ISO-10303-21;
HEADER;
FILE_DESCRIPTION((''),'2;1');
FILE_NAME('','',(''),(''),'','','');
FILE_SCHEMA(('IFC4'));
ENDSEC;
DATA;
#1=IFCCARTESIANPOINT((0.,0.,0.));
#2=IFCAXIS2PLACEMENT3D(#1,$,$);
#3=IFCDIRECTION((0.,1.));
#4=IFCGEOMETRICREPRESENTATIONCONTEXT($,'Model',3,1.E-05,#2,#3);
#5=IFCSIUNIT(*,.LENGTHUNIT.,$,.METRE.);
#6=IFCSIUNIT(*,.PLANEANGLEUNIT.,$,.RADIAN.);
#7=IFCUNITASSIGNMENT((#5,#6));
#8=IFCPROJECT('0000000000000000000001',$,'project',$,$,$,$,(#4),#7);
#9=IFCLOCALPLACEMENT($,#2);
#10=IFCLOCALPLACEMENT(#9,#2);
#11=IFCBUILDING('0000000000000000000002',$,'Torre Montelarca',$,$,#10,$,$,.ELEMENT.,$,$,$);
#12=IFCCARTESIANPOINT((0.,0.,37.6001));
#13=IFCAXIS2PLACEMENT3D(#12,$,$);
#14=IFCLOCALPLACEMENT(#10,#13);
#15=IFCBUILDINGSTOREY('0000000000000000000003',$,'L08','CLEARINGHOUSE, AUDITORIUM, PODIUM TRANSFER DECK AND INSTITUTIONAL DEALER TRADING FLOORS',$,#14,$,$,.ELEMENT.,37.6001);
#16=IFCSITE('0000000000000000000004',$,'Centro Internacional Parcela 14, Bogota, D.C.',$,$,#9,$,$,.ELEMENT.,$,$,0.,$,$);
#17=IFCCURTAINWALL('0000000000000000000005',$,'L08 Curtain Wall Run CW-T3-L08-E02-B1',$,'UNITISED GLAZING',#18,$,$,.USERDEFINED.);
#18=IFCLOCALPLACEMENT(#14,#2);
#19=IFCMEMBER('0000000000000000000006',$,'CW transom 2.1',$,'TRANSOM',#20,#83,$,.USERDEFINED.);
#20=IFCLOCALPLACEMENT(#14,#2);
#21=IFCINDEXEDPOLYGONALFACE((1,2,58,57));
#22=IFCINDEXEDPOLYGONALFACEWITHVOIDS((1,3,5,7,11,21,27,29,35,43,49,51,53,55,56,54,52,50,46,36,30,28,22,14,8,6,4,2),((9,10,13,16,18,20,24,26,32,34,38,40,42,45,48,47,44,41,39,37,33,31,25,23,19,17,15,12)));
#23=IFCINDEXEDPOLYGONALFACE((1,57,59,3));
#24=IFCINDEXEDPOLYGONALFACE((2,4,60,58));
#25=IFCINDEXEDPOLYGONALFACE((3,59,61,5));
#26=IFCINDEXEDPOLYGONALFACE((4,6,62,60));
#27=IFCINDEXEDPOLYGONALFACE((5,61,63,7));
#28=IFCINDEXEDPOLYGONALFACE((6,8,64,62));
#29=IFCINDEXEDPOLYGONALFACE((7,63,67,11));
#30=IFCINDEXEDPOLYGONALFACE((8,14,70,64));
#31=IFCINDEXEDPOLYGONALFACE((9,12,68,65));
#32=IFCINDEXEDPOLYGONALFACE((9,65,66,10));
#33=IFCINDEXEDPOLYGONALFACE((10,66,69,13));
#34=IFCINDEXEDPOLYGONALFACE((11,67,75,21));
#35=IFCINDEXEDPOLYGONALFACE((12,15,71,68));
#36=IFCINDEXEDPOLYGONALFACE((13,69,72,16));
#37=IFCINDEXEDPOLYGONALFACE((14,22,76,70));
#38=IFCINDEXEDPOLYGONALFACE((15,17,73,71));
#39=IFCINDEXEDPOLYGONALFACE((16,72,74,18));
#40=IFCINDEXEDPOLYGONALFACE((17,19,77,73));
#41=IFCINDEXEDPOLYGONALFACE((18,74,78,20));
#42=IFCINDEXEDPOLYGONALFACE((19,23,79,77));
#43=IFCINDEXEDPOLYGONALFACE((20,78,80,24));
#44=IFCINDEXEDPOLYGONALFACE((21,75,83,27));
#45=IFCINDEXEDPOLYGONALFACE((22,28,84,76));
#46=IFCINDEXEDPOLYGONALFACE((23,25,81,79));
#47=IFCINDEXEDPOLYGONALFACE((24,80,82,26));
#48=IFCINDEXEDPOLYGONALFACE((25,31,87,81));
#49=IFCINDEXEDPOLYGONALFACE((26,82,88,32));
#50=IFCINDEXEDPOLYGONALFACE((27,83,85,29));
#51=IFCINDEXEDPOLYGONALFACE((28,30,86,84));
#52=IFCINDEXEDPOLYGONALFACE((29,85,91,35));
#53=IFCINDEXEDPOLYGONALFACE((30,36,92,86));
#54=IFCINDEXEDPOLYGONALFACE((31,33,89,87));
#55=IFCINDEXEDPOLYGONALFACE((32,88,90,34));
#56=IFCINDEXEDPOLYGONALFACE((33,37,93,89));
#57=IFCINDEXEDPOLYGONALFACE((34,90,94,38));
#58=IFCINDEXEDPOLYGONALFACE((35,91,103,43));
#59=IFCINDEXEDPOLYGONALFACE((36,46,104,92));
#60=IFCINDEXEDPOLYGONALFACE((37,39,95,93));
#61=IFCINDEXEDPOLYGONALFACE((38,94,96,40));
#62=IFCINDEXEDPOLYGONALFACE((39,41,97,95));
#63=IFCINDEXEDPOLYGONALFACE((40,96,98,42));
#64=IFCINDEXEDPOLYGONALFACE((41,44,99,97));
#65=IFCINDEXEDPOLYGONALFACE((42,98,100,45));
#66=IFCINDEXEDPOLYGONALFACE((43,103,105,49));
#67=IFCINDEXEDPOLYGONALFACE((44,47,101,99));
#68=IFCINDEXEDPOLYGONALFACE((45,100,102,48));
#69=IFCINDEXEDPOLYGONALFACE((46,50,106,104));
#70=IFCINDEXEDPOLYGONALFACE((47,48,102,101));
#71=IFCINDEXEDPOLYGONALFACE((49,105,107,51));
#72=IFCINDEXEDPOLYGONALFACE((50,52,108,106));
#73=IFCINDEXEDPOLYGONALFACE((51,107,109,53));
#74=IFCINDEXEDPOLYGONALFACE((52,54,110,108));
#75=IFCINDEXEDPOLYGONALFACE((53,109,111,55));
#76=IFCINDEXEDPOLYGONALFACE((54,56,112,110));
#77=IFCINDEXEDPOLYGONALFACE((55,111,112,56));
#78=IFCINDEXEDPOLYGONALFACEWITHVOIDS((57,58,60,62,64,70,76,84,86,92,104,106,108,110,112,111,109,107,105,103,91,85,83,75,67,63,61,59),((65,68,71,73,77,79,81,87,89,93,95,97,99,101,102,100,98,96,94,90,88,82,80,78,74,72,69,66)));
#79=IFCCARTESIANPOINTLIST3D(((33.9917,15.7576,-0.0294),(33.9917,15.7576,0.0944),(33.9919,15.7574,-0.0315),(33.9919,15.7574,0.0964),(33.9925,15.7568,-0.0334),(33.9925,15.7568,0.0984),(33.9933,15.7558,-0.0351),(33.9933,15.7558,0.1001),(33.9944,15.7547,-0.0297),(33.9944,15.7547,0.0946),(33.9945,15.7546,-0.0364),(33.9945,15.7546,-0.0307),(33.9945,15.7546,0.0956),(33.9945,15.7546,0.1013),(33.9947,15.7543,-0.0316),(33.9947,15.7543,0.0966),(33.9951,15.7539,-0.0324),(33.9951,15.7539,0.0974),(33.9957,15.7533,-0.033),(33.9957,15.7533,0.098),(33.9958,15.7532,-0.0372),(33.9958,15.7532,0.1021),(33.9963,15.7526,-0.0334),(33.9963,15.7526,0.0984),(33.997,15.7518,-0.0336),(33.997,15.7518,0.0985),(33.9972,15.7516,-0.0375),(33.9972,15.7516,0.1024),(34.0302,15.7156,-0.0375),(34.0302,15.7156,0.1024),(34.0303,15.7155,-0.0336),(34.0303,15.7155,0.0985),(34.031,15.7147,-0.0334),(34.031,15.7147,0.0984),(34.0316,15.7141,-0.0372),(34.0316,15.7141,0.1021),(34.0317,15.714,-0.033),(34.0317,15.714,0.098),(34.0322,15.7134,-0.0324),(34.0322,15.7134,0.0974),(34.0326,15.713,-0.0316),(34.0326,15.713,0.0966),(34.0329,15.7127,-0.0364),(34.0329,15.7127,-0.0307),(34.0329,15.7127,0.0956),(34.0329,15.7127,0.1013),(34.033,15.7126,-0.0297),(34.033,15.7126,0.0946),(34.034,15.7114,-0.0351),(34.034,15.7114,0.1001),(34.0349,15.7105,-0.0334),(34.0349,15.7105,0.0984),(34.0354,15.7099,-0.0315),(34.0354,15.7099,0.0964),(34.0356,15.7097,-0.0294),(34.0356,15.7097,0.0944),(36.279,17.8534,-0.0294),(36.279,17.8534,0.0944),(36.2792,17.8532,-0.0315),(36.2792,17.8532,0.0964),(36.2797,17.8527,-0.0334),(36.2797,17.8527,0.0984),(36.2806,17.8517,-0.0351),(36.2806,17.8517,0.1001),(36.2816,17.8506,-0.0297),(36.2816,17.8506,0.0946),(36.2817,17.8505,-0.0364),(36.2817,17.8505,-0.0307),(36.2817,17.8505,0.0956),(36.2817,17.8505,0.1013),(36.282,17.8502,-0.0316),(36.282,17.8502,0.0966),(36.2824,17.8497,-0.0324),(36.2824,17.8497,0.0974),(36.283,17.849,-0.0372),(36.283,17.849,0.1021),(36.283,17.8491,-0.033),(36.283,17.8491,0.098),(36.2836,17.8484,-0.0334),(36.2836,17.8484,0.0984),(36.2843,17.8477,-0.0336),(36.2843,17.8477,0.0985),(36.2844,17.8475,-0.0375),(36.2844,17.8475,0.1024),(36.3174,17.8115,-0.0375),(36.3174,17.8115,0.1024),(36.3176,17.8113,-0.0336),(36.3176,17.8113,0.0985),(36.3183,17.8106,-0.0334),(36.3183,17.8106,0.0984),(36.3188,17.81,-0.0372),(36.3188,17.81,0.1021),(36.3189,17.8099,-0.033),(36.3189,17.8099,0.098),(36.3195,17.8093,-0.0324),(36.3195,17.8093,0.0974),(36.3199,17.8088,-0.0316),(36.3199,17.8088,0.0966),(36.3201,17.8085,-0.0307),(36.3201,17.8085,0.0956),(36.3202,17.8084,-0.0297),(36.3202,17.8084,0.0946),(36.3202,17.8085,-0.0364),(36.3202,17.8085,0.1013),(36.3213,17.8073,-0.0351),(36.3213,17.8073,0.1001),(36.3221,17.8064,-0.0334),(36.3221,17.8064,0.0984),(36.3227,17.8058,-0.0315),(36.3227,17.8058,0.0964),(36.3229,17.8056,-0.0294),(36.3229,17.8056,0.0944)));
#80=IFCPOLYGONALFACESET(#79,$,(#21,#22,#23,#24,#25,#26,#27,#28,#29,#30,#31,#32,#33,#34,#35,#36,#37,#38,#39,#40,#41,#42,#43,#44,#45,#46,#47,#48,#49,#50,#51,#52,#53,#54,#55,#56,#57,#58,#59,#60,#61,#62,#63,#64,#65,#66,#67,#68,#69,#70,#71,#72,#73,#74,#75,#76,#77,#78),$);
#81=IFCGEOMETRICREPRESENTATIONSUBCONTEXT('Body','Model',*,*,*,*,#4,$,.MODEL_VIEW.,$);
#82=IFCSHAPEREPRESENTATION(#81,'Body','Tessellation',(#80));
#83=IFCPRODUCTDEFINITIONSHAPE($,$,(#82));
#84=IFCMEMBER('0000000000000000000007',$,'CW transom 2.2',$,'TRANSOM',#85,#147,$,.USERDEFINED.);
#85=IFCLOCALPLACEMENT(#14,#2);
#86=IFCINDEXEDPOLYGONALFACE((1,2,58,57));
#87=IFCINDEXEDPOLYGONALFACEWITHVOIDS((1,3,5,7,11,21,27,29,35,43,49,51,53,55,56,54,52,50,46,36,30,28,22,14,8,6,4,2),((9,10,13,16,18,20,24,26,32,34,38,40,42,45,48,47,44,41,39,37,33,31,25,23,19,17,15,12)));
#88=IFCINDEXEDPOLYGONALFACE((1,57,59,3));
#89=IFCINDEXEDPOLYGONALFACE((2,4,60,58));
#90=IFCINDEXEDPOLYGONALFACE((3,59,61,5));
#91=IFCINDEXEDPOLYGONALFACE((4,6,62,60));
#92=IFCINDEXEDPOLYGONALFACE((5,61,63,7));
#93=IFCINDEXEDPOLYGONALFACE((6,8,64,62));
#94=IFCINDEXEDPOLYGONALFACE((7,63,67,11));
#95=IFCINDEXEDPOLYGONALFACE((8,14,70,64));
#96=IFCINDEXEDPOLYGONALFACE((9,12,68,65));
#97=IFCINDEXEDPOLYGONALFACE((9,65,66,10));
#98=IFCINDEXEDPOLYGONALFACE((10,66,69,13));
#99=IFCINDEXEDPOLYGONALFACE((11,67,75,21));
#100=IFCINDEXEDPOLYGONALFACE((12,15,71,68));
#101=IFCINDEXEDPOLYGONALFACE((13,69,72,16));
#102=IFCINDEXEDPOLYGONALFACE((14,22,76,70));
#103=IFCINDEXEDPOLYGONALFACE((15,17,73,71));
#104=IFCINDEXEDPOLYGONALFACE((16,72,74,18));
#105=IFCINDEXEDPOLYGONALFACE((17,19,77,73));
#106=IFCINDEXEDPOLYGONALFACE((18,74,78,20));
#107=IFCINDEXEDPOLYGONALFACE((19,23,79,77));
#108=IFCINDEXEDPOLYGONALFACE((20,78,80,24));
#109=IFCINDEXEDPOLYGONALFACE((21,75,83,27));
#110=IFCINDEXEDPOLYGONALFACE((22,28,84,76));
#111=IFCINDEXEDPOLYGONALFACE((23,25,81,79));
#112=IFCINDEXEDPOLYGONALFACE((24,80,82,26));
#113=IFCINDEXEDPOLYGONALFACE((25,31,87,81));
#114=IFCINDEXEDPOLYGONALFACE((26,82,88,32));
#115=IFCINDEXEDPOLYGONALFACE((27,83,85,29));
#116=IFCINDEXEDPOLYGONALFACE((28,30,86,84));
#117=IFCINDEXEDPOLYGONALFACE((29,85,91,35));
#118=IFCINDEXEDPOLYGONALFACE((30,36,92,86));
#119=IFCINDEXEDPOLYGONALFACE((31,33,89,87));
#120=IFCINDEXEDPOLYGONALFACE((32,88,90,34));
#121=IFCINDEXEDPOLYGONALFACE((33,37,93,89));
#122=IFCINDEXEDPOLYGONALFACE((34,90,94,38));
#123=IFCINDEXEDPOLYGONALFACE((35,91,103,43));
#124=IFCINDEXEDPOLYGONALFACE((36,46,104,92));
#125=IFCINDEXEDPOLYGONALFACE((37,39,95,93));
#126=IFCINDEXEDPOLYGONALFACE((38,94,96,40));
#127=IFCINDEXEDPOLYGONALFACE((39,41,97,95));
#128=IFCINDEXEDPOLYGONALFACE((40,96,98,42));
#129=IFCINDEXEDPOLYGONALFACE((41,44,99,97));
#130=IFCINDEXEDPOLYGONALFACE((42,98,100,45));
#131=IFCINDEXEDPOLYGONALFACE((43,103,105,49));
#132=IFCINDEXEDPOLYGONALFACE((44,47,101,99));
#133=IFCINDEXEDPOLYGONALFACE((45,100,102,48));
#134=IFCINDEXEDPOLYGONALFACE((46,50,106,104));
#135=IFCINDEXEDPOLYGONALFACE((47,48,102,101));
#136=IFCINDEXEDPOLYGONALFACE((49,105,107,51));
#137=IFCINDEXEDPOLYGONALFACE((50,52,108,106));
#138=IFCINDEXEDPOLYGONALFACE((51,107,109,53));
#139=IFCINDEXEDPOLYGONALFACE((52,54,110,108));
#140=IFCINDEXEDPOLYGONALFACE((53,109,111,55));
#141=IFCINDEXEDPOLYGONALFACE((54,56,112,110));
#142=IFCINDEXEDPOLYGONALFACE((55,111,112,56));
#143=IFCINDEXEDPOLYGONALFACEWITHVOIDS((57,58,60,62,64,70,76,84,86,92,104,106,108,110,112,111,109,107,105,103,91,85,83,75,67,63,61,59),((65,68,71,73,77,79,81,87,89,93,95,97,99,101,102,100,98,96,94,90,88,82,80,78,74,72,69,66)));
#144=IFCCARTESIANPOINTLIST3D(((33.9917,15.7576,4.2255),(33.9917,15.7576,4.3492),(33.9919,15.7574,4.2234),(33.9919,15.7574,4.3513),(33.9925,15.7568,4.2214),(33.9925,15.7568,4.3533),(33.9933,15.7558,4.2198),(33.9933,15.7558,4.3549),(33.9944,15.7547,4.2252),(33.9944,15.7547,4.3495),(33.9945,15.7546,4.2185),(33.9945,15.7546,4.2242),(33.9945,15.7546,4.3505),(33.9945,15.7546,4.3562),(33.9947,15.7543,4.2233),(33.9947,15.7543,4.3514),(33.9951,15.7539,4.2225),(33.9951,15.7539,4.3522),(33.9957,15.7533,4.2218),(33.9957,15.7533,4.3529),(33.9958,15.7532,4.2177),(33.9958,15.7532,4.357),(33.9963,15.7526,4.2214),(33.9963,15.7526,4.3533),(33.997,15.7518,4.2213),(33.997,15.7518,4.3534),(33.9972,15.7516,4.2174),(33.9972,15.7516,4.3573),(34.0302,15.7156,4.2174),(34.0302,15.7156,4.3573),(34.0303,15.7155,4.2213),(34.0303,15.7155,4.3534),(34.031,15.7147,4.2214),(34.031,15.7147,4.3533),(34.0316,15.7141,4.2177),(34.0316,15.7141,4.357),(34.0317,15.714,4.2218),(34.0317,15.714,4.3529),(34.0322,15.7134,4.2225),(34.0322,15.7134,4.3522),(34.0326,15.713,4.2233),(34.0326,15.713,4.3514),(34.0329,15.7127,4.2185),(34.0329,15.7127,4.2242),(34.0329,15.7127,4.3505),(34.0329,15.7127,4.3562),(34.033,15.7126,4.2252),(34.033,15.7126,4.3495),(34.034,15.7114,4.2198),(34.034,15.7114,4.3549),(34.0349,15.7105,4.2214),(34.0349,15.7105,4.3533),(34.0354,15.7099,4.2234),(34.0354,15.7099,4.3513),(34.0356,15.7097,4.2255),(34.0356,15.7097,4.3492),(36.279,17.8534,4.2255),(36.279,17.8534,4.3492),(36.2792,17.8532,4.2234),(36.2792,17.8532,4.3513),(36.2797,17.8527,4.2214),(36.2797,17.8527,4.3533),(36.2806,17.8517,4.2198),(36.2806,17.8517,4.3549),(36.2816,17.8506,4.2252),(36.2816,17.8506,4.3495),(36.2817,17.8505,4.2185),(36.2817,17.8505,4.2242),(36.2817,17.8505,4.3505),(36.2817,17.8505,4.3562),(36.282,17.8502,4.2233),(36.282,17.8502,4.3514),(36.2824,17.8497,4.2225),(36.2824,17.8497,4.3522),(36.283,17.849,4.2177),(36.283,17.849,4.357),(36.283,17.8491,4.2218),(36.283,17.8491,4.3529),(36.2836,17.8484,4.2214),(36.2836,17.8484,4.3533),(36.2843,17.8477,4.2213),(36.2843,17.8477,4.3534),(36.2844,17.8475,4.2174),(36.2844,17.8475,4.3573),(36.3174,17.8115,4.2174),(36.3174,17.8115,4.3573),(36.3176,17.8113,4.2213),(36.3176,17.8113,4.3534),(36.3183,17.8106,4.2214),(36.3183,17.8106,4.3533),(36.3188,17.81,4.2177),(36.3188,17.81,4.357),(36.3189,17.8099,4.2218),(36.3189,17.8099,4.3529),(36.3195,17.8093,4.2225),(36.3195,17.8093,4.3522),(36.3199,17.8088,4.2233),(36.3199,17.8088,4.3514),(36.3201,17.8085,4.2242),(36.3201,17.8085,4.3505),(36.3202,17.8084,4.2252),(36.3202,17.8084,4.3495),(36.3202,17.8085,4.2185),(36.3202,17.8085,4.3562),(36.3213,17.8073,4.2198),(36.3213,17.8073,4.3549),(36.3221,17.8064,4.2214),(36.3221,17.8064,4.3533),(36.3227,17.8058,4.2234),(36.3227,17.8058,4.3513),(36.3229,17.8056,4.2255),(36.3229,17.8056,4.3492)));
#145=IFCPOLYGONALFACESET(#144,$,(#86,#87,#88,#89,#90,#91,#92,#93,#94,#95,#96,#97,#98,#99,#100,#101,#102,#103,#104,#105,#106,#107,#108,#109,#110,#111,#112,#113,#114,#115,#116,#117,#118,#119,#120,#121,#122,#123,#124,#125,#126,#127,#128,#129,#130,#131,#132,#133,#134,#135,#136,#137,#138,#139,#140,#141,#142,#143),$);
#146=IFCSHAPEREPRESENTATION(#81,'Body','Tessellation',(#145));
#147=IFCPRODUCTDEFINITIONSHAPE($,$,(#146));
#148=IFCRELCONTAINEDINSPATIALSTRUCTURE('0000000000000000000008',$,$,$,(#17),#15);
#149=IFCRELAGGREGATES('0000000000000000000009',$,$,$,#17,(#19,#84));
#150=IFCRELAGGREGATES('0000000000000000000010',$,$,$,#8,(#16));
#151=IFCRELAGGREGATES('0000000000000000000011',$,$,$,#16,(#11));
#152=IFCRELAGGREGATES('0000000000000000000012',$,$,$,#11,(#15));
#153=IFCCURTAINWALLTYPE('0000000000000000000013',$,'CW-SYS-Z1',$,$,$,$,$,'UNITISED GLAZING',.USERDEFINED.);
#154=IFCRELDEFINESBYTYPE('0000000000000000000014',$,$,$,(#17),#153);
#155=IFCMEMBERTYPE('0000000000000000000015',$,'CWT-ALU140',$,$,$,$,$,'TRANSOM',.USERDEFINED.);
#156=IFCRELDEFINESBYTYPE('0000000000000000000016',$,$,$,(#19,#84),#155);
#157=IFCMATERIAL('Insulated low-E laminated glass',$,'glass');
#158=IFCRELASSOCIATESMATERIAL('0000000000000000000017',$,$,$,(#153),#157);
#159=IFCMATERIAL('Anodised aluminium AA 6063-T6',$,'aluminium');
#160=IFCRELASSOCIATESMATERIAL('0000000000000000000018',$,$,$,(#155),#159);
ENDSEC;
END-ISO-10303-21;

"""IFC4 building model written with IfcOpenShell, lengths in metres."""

from ifc_helpers import new_model, si_unit, direction, frame, origin, origin_2d, place, context, subcontext, project, spatial, hollow_rectangle, extrude, source, transform, mapped, material, material_profile, profile_set, type_object, element, aggregate, save


model = new_model("IFC4")

# Units and contexts
model_context = context("Model", 3, precision=1e-05, world=origin(), true_north=direction((0.0, 1.0)))
body_context = subcontext(model_context, "Body", "Model", "MODEL_VIEW")
ifc_project = project(units=[si_unit("LENGTHUNIT", "METRE"), si_unit("PLANEANGLEUNIT", "RADIAN")], contexts=[model_context])

# Site, building, storey
site_placement = place(None, origin())
site = spatial("IfcSite", under=ifc_project, at=site_placement, Name="Centro Internacional Parcela 14, Bogota, D.C.", CompositionType="ELEMENT", RefElevation=0.0)
building_placement = place(site_placement, origin())
building = spatial("IfcBuilding", under=site, at=building_placement, Name="Torre Montelarca", CompositionType="ELEMENT")
storey_placement = place(building_placement, frame((0.0, 0.0, 37.6001)))
storey = spatial("IfcBuildingStorey", under=building, at=storey_placement, Name="L08", Description="CLEARINGHOUSE, AUDITORIUM, PODIUM TRANSFER DECK AND INSTITUTIONAL DEALER TRADING FLOORS", CompositionType="ELEMENT", Elevation=37.6001)

# Curtain wall, members
ifc_material_1 = material(Name="Insulated low-E laminated glass", Category="glass")
curtain_wall_type = type_object("IfcCurtainWallType", Name="CW-SYS-Z1", ElementType="UNITISED GLAZING", PredefinedType="USERDEFINED", material=ifc_material_1)
ifc_material_2 = material(Name="Anodised aluminium AA 6063-T6", Category="aluminium")
ifc_material_profile_1 = material_profile(ifc_material_2, hollow_rectangle(XDim=0.0649, YDim=0.1399, WallThickness=0.0039, InnerFilletRadius=0.0039, OuterFilletRadius=0.0081, at=origin_2d()), Name="ALU65X140X4", Category="aluminium")
ifc_profile_set_1 = profile_set([ifc_material_profile_1], Name="Anodised aluminium AA 6063-T6")
member_type_1 = type_object("IfcMemberType", Name="CWT-ALU140", ElementType="TRANSOM", PredefinedType="USERDEFINED", material=ifc_profile_set_1)
curtain_wall_1_placement = place(storey_placement, origin())
curtain_wall_1 = element("IfcCurtainWall", 1, at=curtain_wall_1_placement, inside=storey, type_object=curtain_wall_type, Name="L08 Curtain Wall Run CW-T3-L08-E02-B1", ObjectType="UNITISED GLAZING", PredefinedType="USERDEFINED")
shared_shape_1 = source(origin(), body_context, "Body", "SweptSolid", [
    extrude(hollow_rectangle(XDim=0.0649, YDim=0.1399, WallThickness=0.0039, InnerFilletRadius=0.0039, OuterFilletRadius=0.0081, at=origin_2d()), origin(), (0.0, 0.0, 1.0), 3.1023),
])
member_1_placement = place(storey_placement, frame((34.0137, 15.7336, 0.0325), z_axis=(0.737282, 0.675586, 0.0), x_axis=(-0.675586, 0.737282, 0.0)))
member_1 = element("IfcMember", 2, at=member_1_placement, type_object=member_type_1, Name="CW transom 2.1", ObjectType="TRANSOM", PredefinedType="USERDEFINED", context=body_context, shape_type="MappedRepresentation", body=[
    mapped(shared_shape_1, transform((0.0, 0.0, 0.0), scale=1.0)),
])
member_2_placement = place(storey_placement, frame((34.0137, 15.7336, 4.2874), z_axis=(0.737282, 0.675586, 0.0), x_axis=(-0.675586, 0.737282, 0.0)))
member_2 = element("IfcMember", 3, at=member_2_placement, type_object=member_type_1, Name="CW transom 2.2", ObjectType="TRANSOM", PredefinedType="USERDEFINED", context=body_context, shape_type="MappedRepresentation", body=[
    mapped(shared_shape_1, transform((0.0, 0.0, 0.0), scale=1.0)),
])

aggregate(curtain_wall_1, [member_1, member_2])

save(model, "model.ifc")
